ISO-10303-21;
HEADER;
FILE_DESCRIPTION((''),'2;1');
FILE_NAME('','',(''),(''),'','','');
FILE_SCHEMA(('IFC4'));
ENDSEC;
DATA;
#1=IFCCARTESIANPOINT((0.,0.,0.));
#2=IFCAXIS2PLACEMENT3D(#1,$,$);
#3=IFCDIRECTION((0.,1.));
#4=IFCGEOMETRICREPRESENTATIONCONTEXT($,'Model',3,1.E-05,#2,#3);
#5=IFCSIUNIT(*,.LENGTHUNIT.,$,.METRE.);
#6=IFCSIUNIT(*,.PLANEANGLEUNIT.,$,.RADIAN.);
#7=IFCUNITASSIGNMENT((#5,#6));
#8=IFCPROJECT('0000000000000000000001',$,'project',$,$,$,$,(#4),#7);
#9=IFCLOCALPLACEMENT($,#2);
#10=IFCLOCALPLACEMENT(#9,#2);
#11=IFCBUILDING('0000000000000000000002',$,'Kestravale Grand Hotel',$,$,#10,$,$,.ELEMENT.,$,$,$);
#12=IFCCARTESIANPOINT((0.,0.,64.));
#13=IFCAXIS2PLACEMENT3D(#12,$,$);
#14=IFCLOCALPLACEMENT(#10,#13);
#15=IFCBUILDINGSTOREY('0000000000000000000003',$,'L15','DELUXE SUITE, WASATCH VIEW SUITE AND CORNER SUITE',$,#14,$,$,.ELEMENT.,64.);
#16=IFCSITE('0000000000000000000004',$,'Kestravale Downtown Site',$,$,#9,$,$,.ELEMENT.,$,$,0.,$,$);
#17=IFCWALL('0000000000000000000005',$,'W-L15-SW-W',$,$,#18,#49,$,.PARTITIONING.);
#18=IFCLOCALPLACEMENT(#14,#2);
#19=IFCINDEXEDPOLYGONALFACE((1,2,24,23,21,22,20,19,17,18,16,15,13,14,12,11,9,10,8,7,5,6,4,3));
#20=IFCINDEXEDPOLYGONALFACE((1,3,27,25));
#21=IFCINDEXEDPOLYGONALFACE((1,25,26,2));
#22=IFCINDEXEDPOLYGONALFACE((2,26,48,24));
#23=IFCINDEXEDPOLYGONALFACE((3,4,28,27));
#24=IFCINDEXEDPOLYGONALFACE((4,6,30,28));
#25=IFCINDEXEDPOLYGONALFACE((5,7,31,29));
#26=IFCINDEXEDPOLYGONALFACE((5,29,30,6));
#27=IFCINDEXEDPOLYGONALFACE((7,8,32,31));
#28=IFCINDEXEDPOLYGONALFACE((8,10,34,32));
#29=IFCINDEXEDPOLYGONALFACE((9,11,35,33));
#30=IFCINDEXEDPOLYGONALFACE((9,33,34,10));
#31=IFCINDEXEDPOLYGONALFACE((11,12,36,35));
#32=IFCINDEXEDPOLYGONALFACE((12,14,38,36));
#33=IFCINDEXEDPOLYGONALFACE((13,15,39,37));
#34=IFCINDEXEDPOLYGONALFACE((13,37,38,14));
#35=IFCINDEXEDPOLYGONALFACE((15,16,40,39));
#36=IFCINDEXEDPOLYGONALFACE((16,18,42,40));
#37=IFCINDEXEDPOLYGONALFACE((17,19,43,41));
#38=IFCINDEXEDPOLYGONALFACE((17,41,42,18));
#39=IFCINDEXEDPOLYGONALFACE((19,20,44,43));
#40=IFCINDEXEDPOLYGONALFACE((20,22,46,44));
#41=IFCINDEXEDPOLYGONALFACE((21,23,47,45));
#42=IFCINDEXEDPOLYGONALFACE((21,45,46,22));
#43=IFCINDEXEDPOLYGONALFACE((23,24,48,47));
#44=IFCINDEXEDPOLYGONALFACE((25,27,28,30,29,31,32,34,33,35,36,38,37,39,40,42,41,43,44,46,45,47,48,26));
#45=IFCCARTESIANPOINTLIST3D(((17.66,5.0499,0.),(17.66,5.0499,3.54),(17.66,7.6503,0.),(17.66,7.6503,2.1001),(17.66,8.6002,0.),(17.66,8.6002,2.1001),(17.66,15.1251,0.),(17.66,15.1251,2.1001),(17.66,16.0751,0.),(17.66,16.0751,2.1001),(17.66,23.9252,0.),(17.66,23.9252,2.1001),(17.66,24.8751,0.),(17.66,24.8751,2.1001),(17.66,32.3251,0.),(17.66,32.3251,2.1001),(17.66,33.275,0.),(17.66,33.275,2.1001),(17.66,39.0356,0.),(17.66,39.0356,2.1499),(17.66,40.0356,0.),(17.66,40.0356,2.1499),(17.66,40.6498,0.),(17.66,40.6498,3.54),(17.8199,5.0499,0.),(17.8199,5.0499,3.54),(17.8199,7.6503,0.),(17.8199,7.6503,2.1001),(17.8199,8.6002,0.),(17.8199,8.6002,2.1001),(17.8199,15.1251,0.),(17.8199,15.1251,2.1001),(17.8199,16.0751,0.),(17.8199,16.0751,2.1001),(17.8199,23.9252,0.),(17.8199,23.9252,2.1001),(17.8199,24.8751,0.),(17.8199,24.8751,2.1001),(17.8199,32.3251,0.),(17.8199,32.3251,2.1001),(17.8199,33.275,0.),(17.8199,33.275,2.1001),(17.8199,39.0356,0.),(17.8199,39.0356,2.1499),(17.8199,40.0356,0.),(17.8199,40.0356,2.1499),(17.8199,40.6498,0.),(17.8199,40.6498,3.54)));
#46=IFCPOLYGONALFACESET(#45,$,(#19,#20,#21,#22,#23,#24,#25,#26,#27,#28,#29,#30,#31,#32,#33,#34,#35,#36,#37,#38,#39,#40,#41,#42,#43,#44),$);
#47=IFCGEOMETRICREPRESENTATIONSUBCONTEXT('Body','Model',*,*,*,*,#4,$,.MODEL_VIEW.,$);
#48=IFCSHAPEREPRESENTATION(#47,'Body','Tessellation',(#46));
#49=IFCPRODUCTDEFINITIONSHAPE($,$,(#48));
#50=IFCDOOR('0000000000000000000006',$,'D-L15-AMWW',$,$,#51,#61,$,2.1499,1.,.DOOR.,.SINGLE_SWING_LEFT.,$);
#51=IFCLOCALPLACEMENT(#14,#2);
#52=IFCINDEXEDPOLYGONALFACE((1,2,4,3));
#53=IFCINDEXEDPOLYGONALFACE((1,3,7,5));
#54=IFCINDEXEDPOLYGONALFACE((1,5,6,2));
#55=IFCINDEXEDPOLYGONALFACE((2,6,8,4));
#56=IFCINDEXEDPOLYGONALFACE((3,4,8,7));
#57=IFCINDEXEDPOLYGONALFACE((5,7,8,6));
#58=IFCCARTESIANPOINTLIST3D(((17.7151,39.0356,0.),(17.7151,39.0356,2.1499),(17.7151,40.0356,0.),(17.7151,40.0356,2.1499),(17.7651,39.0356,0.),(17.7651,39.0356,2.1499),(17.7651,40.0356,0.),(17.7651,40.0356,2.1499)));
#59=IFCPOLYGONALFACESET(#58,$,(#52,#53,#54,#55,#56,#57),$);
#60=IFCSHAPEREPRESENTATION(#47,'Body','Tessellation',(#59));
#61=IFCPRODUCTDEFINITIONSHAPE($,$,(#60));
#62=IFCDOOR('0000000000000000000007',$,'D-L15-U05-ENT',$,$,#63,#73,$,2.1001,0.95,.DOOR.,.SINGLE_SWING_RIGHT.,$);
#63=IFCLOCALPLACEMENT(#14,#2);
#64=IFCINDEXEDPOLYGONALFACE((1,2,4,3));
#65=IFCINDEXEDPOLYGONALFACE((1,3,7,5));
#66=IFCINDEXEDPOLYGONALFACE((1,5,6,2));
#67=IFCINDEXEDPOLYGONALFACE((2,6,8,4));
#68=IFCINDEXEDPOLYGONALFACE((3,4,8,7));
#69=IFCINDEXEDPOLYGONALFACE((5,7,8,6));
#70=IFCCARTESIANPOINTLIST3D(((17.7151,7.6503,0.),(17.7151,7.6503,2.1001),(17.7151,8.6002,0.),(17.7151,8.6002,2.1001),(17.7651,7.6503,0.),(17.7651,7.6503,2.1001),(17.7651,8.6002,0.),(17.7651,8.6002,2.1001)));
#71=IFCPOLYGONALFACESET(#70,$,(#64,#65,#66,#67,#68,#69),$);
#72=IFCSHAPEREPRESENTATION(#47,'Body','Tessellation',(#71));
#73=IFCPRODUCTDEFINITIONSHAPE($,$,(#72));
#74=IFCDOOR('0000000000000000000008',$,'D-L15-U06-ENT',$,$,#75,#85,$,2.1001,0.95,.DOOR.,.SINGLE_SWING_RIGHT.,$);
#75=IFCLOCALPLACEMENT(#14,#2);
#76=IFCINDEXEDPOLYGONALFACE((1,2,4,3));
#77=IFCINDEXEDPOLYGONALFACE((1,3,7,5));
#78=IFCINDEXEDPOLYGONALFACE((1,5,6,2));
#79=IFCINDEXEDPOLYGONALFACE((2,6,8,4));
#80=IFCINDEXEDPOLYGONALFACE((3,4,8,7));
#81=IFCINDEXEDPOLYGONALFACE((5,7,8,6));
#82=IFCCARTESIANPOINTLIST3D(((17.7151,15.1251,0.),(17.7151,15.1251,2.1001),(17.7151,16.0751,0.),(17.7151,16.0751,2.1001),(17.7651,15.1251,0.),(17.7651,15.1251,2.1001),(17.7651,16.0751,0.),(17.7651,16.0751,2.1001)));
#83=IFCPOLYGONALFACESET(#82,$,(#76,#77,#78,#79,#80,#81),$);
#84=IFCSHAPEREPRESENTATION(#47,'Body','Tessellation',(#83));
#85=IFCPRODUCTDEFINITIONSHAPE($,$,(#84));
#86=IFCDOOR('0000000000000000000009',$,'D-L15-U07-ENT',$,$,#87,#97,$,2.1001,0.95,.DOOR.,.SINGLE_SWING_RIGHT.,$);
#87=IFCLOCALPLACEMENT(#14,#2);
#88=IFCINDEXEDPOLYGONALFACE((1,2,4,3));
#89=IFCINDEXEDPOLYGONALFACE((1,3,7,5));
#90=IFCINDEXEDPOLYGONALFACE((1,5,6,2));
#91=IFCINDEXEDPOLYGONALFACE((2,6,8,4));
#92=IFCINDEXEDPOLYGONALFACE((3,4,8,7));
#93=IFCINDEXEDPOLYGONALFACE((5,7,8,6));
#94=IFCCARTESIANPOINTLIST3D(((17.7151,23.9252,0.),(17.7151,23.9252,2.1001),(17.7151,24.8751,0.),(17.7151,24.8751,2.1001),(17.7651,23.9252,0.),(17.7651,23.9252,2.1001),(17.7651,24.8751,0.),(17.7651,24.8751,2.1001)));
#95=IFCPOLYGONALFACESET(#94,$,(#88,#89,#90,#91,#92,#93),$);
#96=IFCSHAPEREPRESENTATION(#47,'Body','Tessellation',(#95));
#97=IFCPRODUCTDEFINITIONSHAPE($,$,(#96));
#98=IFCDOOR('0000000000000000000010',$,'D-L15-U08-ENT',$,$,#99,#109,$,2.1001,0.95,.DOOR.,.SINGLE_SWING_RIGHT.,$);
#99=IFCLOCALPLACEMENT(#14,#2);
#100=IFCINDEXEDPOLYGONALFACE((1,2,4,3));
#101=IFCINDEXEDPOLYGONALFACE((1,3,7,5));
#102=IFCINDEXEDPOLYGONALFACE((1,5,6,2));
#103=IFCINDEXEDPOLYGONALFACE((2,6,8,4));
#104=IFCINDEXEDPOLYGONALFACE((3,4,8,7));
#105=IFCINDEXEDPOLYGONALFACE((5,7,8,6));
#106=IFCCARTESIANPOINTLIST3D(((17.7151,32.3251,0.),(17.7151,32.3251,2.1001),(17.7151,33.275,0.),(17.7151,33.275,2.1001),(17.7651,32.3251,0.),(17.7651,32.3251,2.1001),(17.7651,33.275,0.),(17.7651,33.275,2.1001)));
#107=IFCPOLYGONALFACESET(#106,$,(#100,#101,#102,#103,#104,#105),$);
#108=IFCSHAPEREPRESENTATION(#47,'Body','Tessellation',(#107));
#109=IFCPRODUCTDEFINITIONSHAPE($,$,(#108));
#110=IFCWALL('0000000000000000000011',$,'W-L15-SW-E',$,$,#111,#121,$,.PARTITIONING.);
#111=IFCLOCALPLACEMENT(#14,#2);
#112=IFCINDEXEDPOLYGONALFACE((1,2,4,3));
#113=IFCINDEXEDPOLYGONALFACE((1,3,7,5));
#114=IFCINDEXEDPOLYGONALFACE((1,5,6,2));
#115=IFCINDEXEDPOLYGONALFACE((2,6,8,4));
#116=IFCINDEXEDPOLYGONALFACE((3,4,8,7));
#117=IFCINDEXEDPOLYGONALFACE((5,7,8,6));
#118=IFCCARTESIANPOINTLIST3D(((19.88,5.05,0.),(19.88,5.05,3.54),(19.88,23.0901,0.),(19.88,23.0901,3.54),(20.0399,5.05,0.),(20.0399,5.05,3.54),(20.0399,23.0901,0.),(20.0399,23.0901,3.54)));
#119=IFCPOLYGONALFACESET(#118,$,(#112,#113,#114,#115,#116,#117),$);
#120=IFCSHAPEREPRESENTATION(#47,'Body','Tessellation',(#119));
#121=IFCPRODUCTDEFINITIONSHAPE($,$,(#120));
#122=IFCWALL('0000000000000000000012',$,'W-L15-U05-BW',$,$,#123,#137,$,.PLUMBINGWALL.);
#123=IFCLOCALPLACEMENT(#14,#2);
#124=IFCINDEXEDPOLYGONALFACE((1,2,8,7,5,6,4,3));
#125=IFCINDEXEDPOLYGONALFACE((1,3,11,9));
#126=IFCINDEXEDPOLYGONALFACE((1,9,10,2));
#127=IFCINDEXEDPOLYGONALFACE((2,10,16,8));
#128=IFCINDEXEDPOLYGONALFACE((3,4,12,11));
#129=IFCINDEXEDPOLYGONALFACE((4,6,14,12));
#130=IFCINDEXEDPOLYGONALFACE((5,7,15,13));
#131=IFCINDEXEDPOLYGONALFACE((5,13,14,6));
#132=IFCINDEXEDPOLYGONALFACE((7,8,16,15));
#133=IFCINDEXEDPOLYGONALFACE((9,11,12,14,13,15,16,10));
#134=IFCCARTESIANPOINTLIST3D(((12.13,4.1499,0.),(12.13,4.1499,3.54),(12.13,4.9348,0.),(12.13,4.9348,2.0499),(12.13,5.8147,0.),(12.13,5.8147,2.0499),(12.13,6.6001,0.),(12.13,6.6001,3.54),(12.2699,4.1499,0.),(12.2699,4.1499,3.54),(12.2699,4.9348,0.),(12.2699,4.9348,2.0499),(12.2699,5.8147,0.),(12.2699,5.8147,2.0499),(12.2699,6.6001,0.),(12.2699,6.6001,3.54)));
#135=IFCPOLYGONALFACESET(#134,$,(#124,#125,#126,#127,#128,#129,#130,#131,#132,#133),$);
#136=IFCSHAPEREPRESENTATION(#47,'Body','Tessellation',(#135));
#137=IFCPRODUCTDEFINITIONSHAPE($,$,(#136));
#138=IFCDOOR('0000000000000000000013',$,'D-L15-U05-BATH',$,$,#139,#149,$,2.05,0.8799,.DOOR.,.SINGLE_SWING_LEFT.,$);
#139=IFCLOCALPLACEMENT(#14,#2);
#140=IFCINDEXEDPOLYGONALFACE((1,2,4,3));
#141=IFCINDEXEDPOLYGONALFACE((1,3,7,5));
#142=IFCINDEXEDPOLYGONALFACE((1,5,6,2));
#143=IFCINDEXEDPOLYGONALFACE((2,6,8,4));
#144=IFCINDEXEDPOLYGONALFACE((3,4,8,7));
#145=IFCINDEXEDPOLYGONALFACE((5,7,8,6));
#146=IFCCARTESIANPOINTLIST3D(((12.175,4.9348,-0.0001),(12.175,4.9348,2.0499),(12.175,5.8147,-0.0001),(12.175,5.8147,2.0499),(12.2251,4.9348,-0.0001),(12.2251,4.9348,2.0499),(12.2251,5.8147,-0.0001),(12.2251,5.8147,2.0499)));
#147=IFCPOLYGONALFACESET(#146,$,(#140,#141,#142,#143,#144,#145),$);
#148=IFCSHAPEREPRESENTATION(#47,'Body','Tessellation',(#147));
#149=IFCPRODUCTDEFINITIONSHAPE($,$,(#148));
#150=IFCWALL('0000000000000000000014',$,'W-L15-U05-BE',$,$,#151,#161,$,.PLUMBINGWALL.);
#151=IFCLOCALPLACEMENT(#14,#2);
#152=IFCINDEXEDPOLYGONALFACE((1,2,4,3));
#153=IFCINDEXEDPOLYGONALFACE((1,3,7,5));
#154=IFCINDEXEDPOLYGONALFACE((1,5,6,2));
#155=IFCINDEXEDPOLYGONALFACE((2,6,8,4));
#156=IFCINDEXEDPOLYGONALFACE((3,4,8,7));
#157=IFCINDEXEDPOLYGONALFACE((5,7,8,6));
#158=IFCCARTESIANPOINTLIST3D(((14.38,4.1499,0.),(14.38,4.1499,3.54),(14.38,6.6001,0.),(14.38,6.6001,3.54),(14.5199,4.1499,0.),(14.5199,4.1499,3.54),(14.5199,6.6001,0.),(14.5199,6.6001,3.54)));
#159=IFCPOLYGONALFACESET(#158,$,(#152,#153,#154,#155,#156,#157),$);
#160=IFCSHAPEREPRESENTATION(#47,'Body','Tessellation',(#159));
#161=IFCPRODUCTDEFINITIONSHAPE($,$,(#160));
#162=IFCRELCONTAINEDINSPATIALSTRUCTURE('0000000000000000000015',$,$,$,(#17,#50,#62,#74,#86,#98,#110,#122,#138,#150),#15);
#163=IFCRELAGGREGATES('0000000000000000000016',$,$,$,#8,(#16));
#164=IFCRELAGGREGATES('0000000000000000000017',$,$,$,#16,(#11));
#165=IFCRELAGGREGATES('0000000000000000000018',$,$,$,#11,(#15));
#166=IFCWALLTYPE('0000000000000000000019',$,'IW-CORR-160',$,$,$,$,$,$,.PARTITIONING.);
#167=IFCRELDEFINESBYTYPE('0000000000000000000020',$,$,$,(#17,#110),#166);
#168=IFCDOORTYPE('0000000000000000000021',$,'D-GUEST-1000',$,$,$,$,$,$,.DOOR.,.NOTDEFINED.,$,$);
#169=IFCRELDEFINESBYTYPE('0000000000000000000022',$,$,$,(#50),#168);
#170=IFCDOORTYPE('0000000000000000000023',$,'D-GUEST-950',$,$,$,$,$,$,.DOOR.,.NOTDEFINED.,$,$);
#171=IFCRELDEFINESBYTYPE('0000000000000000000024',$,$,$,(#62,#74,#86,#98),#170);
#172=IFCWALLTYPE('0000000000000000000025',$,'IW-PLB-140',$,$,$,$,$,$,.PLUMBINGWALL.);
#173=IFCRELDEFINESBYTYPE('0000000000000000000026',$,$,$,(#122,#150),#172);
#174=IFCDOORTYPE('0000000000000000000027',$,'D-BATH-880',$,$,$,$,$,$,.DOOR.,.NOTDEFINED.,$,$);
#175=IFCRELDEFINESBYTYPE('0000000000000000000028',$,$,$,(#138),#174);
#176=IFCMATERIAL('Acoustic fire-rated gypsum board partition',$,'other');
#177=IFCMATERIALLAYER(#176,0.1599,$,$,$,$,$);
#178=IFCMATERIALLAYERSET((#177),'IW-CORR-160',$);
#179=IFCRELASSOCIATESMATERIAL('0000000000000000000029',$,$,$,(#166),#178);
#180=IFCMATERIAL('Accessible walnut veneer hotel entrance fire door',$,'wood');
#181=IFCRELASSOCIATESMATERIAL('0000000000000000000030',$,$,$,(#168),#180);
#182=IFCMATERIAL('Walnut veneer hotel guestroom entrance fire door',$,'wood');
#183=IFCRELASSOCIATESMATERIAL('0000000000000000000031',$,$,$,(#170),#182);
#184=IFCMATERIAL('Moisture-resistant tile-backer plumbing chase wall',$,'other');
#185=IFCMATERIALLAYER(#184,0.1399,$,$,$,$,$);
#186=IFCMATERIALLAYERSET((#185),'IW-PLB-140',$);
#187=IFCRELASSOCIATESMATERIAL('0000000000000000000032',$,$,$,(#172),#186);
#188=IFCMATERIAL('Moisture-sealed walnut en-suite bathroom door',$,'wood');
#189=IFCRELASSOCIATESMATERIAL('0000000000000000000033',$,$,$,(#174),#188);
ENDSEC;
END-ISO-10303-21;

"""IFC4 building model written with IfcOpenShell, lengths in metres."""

from ifc_helpers import new_model, si_unit, direction, frame, frame_2d, origin, place, context, subcontext, project, spatial, rectangle, extrude, material, layer, layer_set, type_object, element, fill, save


model = new_model("IFC4")

# Units and contexts
model_context = context("Model", 3, precision=1e-05, world=origin(), true_north=direction((0.0, 1.0)))
body_context = subcontext(model_context, "Body", "Model", "MODEL_VIEW")
ifc_project = project(units=[si_unit("LENGTHUNIT", "METRE"), si_unit("PLANEANGLEUNIT", "RADIAN")], contexts=[model_context])

# Site, building, storey
site_placement = place(None, origin())
site = spatial("IfcSite", under=ifc_project, at=site_placement, Name="Kestravale Downtown Site", CompositionType="ELEMENT", RefElevation=0.0)
building_placement = place(site_placement, origin())
building = spatial("IfcBuilding", under=site, at=building_placement, Name="Kestravale Grand Hotel", CompositionType="ELEMENT")
storey_placement = place(building_placement, frame((0.0, 0.0, 64.0)))
storey = spatial("IfcBuildingStorey", under=building, at=storey_placement, Name="L15", Description="DELUXE SUITE, WASATCH VIEW SUITE AND CORNER SUITE", CompositionType="ELEMENT", Elevation=64.0)

# Wall, openings, doors
ifc_material_1 = material(Name="Acoustic fire-rated gypsum board partition", Category="other")
ifc_layer_1 = layer(ifc_material_1, 0.1599)
ifc_layer_set_1 = layer_set([ifc_layer_1], Name="IW-CORR-160")
wall_type_1 = type_object("IfcWallType", Name="IW-CORR-160", PredefinedType="PARTITIONING", material=ifc_layer_set_1)
wall_1_placement = place(storey_placement, frame((17.74, 5.05, 0.0), z_axis=(0.0, 0.0, 1.0), x_axis=(0.0, 1.0, 0.0)))
wall_1 = element("IfcWall", 1, at=wall_1_placement, inside=storey, type_object=wall_type_1, Name="W-L15-SW-W", PredefinedType="PARTITIONING", context=body_context, shape_type="SweptSolid", body=[
    extrude(rectangle(XDim=35.5999, YDim=0.1599, at=frame_2d((17.7998, 0.0))), origin(), (0.0, 0.0, 1.0), 3.54),
])
opening_1_placement = place(wall_1_placement, frame((2.6001, 0.0, 0.0)))
opening_1 = element("IfcOpeningElement", 2, at=opening_1_placement, cuts=wall_1, PredefinedType="OPENING", context=body_context, shape_type="SweptSolid", body=[
    extrude(rectangle(XDim=0.95, YDim=2.1001, at=frame_2d((0.4751, 1.05))), frame((0.0, 0.0898, 0.0), z_axis=(0.0, -1.0, 0.0), x_axis=(1.0, 0.0, 0.0)), (0.0, 0.0, 1.0), 0.1799),
])
opening_2_placement = place(wall_1_placement, frame((10.075, 0.0, 0.0)))
opening_2 = element("IfcOpeningElement", 3, at=opening_2_placement, cuts=wall_1, PredefinedType="OPENING", context=body_context, shape_type="SweptSolid", body=[
    extrude(rectangle(XDim=0.95, YDim=2.1001, at=frame_2d((0.4751, 1.05))), frame((0.0, 0.0898, 0.0), z_axis=(0.0, -1.0, 0.0), x_axis=(1.0, 0.0, 0.0)), (0.0, 0.0, 1.0), 0.1799),
])
opening_3_placement = place(wall_1_placement, frame((18.875, 0.0, 0.0)))
opening_3 = element("IfcOpeningElement", 4, at=opening_3_placement, cuts=wall_1, PredefinedType="OPENING", context=body_context, shape_type="SweptSolid", body=[
    extrude(rectangle(XDim=0.95, YDim=2.1001, at=frame_2d((0.4751, 1.05))), frame((0.0, 0.0898, 0.0), z_axis=(0.0, -1.0, 0.0), x_axis=(1.0, 0.0, 0.0)), (0.0, 0.0, 1.0), 0.1799),
])
opening_4_placement = place(wall_1_placement, frame((27.2749, 0.0, 0.0)))
opening_4 = element("IfcOpeningElement", 5, at=opening_4_placement, cuts=wall_1, PredefinedType="OPENING", context=body_context, shape_type="SweptSolid", body=[
    extrude(rectangle(XDim=0.95, YDim=2.1001, at=frame_2d((0.4751, 1.05))), frame((0.0, 0.0898, 0.0), z_axis=(0.0, -1.0, 0.0), x_axis=(1.0, 0.0, 0.0)), (0.0, 0.0, 1.0), 0.1799),
])
opening_5_placement = place(wall_1_placement, frame((33.9856, 0.0, 0.0)))
opening_5 = element("IfcOpeningElement", 6, at=opening_5_placement, cuts=wall_1, PredefinedType="OPENING", context=body_context, shape_type="SweptSolid", body=[
    extrude(rectangle(XDim=1.0, YDim=2.1499, at=frame_2d((0.5, 1.075))), frame((0.0, 0.0898, 0.0), z_axis=(0.0, -1.0, 0.0), x_axis=(1.0, 0.0, 0.0)), (0.0, 0.0, 1.0), 0.1799),
])
ifc_material_2 = material(Name="Accessible walnut veneer hotel entrance fire door", Category="wood")
door_type_1 = type_object("IfcDoorType", Name="D-GUEST-1000", OperationType="NOTDEFINED", PredefinedType="DOOR", material=ifc_material_2)
door_1_placement = place(opening_5_placement, origin())
door_1 = element("IfcDoor", 7, at=door_1_placement, inside=storey, type_object=door_type_1, Name="D-L15-AMWW", OperationType="SINGLE_SWING_LEFT", OverallHeight=2.1499, OverallWidth=1.0, PredefinedType="DOOR", context=body_context, shape_type="SweptSolid", body=[
    extrude(rectangle(XDim=1.0, YDim=2.1499, at=frame_2d((0.5, 1.075))), frame((0.0, 0.0249, 0.0), z_axis=(0.0, -1.0, 0.0), x_axis=(1.0, 0.0, 0.0)), (0.0, 0.0, 1.0), 0.05),
])
fill(opening_5, door_1)
ifc_material_3 = material(Name="Walnut veneer hotel guestroom entrance fire door", Category="wood")
door_type_2 = type_object("IfcDoorType", Name="D-GUEST-950", OperationType="NOTDEFINED", PredefinedType="DOOR", material=ifc_material_3)
door_2_placement = place(opening_1_placement, origin())
door_2 = element("IfcDoor", 8, at=door_2_placement, inside=storey, type_object=door_type_2, Name="D-L15-U05-ENT", OperationType="SINGLE_SWING_RIGHT", OverallHeight=2.1001, OverallWidth=0.95, PredefinedType="DOOR", context=body_context, shape_type="SweptSolid", body=[
    extrude(rectangle(XDim=0.95, YDim=2.1001, at=frame_2d((0.4751, 1.05))), frame((0.0, 0.0249, 0.0), z_axis=(0.0, -1.0, 0.0), x_axis=(1.0, 0.0, 0.0)), (0.0, 0.0, 1.0), 0.05),
])
fill(opening_1, door_2)
door_3_placement = place(opening_2_placement, origin())
door_3 = element("IfcDoor", 9, at=door_3_placement, inside=storey, type_object=door_type_2, Name="D-L15-U06-ENT", OperationType="SINGLE_SWING_RIGHT", OverallHeight=2.1001, OverallWidth=0.95, PredefinedType="DOOR", context=body_context, shape_type="SweptSolid", body=[
    extrude(rectangle(XDim=0.95, YDim=2.1001, at=frame_2d((0.4751, 1.05))), frame((0.0, 0.0249, 0.0), z_axis=(0.0, -1.0, 0.0), x_axis=(1.0, 0.0, 0.0)), (0.0, 0.0, 1.0), 0.05),
])
fill(opening_2, door_3)
door_4_placement = place(opening_3_placement, origin())
door_4 = element("IfcDoor", 10, at=door_4_placement, inside=storey, type_object=door_type_2, Name="D-L15-U07-ENT", OperationType="SINGLE_SWING_RIGHT", OverallHeight=2.1001, OverallWidth=0.95, PredefinedType="DOOR", context=body_context, shape_type="SweptSolid", body=[
    extrude(rectangle(XDim=0.95, YDim=2.1001, at=frame_2d((0.4751, 1.05))), frame((0.0, 0.0249, 0.0), z_axis=(0.0, -1.0, 0.0), x_axis=(1.0, 0.0, 0.0)), (0.0, 0.0, 1.0), 0.05),
])
fill(opening_3, door_4)
door_5_placement = place(opening_4_placement, origin())
door_5 = element("IfcDoor", 11, at=door_5_placement, inside=storey, type_object=door_type_2, Name="D-L15-U08-ENT", OperationType="SINGLE_SWING_RIGHT", OverallHeight=2.1001, OverallWidth=0.95, PredefinedType="DOOR", context=body_context, shape_type="SweptSolid", body=[
    extrude(rectangle(XDim=0.95, YDim=2.1001, at=frame_2d((0.4751, 1.05))), frame((0.0, 0.0249, 0.0), z_axis=(0.0, -1.0, 0.0), x_axis=(1.0, 0.0, 0.0)), (0.0, 0.0, 1.0), 0.05),
])
fill(opening_4, door_5)

# Wall
wall_2_placement = place(storey_placement, frame((19.96, 5.05, 0.0), z_axis=(0.0, 0.0, 1.0), x_axis=(0.0, 1.0, 0.0)))
element("IfcWall", 12, at=wall_2_placement, inside=storey, type_object=wall_type_1, Name="W-L15-SW-E", PredefinedType="PARTITIONING", context=body_context, shape_type="SweptSolid", body=[
    extrude(rectangle(XDim=18.04, YDim=0.1599, at=frame_2d((9.02, 0.0))), origin(), (0.0, 0.0, 1.0), 3.54),
])

# Wall, opening, door
ifc_material_4 = material(Name="Moisture-resistant tile-backer plumbing chase wall", Category="other")
ifc_layer_2 = layer(ifc_material_4, 0.1399)
ifc_layer_set_2 = layer_set([ifc_layer_2], Name="IW-PLB-140")
wall_type_2 = type_object("IfcWallType", Name="IW-PLB-140", PredefinedType="PLUMBINGWALL", material=ifc_layer_set_2)
wall_3_placement = place(storey_placement, frame((12.2, 4.1499, 0.0), z_axis=(0.0, 0.0, 1.0), x_axis=(0.0, 1.0, 0.0)))
wall_3 = element("IfcWall", 13, at=wall_3_placement, inside=storey, type_object=wall_type_2, Name="W-L15-U05-BW", PredefinedType="PLUMBINGWALL", context=body_context, shape_type="SweptSolid", body=[
    extrude(rectangle(XDim=2.4502, YDim=0.1399, at=frame_2d((1.2251, 0.0))), origin(), (0.0, 0.0, 1.0), 3.54),
])
opening_6_placement = place(wall_3_placement, frame((0.7849, 0.0, 0.0)))
opening_6 = element("IfcOpeningElement", 14, at=opening_6_placement, cuts=wall_3, PredefinedType="OPENING", context=body_context, shape_type="SweptSolid", body=[
    extrude(rectangle(XDim=0.8799, YDim=2.05, at=frame_2d((0.4399, 1.0249))), frame((0.0, 0.0798, 0.0), z_axis=(0.0, -1.0, 0.0), x_axis=(1.0, 0.0, 0.0)), (0.0, 0.0, 1.0), 0.1599),
])
ifc_material_5 = material(Name="Moisture-sealed walnut en-suite bathroom door", Category="wood")
door_type_3 = type_object("IfcDoorType", Name="D-BATH-880", OperationType="NOTDEFINED", PredefinedType="DOOR", material=ifc_material_5)
door_6_placement = place(opening_6_placement, origin())
door_6 = element("IfcDoor", 15, at=door_6_placement, inside=storey, type_object=door_type_3, Name="D-L15-U05-BATH", OperationType="SINGLE_SWING_LEFT", OverallHeight=2.05, OverallWidth=0.8799, PredefinedType="DOOR", context=body_context, shape_type="SweptSolid", body=[
    extrude(rectangle(XDim=0.8799, YDim=2.05, at=frame_2d((0.4399, 1.0249))), frame((0.0, 0.0249, 0.0), z_axis=(0.0, -1.0, 0.0), x_axis=(1.0, 0.0, 0.0)), (0.0, 0.0, 1.0), 0.05),
])
fill(opening_6, door_6)

# Wall
wall_4_placement = place(storey_placement, frame((14.45, 4.1499, 0.0), z_axis=(0.0, 0.0, 1.0), x_axis=(0.0, 1.0, 0.0)))
element("IfcWall", 16, at=wall_4_placement, inside=storey, type_object=wall_type_2, Name="W-L15-U05-BE", PredefinedType="PLUMBINGWALL", context=body_context, shape_type="SweptSolid", body=[
    extrude(rectangle(XDim=2.4502, YDim=0.1399, at=frame_2d((1.2251, 0.0))), origin(), (0.0, 0.0, 1.0), 3.54),
])

save(model, "model.ifc")
